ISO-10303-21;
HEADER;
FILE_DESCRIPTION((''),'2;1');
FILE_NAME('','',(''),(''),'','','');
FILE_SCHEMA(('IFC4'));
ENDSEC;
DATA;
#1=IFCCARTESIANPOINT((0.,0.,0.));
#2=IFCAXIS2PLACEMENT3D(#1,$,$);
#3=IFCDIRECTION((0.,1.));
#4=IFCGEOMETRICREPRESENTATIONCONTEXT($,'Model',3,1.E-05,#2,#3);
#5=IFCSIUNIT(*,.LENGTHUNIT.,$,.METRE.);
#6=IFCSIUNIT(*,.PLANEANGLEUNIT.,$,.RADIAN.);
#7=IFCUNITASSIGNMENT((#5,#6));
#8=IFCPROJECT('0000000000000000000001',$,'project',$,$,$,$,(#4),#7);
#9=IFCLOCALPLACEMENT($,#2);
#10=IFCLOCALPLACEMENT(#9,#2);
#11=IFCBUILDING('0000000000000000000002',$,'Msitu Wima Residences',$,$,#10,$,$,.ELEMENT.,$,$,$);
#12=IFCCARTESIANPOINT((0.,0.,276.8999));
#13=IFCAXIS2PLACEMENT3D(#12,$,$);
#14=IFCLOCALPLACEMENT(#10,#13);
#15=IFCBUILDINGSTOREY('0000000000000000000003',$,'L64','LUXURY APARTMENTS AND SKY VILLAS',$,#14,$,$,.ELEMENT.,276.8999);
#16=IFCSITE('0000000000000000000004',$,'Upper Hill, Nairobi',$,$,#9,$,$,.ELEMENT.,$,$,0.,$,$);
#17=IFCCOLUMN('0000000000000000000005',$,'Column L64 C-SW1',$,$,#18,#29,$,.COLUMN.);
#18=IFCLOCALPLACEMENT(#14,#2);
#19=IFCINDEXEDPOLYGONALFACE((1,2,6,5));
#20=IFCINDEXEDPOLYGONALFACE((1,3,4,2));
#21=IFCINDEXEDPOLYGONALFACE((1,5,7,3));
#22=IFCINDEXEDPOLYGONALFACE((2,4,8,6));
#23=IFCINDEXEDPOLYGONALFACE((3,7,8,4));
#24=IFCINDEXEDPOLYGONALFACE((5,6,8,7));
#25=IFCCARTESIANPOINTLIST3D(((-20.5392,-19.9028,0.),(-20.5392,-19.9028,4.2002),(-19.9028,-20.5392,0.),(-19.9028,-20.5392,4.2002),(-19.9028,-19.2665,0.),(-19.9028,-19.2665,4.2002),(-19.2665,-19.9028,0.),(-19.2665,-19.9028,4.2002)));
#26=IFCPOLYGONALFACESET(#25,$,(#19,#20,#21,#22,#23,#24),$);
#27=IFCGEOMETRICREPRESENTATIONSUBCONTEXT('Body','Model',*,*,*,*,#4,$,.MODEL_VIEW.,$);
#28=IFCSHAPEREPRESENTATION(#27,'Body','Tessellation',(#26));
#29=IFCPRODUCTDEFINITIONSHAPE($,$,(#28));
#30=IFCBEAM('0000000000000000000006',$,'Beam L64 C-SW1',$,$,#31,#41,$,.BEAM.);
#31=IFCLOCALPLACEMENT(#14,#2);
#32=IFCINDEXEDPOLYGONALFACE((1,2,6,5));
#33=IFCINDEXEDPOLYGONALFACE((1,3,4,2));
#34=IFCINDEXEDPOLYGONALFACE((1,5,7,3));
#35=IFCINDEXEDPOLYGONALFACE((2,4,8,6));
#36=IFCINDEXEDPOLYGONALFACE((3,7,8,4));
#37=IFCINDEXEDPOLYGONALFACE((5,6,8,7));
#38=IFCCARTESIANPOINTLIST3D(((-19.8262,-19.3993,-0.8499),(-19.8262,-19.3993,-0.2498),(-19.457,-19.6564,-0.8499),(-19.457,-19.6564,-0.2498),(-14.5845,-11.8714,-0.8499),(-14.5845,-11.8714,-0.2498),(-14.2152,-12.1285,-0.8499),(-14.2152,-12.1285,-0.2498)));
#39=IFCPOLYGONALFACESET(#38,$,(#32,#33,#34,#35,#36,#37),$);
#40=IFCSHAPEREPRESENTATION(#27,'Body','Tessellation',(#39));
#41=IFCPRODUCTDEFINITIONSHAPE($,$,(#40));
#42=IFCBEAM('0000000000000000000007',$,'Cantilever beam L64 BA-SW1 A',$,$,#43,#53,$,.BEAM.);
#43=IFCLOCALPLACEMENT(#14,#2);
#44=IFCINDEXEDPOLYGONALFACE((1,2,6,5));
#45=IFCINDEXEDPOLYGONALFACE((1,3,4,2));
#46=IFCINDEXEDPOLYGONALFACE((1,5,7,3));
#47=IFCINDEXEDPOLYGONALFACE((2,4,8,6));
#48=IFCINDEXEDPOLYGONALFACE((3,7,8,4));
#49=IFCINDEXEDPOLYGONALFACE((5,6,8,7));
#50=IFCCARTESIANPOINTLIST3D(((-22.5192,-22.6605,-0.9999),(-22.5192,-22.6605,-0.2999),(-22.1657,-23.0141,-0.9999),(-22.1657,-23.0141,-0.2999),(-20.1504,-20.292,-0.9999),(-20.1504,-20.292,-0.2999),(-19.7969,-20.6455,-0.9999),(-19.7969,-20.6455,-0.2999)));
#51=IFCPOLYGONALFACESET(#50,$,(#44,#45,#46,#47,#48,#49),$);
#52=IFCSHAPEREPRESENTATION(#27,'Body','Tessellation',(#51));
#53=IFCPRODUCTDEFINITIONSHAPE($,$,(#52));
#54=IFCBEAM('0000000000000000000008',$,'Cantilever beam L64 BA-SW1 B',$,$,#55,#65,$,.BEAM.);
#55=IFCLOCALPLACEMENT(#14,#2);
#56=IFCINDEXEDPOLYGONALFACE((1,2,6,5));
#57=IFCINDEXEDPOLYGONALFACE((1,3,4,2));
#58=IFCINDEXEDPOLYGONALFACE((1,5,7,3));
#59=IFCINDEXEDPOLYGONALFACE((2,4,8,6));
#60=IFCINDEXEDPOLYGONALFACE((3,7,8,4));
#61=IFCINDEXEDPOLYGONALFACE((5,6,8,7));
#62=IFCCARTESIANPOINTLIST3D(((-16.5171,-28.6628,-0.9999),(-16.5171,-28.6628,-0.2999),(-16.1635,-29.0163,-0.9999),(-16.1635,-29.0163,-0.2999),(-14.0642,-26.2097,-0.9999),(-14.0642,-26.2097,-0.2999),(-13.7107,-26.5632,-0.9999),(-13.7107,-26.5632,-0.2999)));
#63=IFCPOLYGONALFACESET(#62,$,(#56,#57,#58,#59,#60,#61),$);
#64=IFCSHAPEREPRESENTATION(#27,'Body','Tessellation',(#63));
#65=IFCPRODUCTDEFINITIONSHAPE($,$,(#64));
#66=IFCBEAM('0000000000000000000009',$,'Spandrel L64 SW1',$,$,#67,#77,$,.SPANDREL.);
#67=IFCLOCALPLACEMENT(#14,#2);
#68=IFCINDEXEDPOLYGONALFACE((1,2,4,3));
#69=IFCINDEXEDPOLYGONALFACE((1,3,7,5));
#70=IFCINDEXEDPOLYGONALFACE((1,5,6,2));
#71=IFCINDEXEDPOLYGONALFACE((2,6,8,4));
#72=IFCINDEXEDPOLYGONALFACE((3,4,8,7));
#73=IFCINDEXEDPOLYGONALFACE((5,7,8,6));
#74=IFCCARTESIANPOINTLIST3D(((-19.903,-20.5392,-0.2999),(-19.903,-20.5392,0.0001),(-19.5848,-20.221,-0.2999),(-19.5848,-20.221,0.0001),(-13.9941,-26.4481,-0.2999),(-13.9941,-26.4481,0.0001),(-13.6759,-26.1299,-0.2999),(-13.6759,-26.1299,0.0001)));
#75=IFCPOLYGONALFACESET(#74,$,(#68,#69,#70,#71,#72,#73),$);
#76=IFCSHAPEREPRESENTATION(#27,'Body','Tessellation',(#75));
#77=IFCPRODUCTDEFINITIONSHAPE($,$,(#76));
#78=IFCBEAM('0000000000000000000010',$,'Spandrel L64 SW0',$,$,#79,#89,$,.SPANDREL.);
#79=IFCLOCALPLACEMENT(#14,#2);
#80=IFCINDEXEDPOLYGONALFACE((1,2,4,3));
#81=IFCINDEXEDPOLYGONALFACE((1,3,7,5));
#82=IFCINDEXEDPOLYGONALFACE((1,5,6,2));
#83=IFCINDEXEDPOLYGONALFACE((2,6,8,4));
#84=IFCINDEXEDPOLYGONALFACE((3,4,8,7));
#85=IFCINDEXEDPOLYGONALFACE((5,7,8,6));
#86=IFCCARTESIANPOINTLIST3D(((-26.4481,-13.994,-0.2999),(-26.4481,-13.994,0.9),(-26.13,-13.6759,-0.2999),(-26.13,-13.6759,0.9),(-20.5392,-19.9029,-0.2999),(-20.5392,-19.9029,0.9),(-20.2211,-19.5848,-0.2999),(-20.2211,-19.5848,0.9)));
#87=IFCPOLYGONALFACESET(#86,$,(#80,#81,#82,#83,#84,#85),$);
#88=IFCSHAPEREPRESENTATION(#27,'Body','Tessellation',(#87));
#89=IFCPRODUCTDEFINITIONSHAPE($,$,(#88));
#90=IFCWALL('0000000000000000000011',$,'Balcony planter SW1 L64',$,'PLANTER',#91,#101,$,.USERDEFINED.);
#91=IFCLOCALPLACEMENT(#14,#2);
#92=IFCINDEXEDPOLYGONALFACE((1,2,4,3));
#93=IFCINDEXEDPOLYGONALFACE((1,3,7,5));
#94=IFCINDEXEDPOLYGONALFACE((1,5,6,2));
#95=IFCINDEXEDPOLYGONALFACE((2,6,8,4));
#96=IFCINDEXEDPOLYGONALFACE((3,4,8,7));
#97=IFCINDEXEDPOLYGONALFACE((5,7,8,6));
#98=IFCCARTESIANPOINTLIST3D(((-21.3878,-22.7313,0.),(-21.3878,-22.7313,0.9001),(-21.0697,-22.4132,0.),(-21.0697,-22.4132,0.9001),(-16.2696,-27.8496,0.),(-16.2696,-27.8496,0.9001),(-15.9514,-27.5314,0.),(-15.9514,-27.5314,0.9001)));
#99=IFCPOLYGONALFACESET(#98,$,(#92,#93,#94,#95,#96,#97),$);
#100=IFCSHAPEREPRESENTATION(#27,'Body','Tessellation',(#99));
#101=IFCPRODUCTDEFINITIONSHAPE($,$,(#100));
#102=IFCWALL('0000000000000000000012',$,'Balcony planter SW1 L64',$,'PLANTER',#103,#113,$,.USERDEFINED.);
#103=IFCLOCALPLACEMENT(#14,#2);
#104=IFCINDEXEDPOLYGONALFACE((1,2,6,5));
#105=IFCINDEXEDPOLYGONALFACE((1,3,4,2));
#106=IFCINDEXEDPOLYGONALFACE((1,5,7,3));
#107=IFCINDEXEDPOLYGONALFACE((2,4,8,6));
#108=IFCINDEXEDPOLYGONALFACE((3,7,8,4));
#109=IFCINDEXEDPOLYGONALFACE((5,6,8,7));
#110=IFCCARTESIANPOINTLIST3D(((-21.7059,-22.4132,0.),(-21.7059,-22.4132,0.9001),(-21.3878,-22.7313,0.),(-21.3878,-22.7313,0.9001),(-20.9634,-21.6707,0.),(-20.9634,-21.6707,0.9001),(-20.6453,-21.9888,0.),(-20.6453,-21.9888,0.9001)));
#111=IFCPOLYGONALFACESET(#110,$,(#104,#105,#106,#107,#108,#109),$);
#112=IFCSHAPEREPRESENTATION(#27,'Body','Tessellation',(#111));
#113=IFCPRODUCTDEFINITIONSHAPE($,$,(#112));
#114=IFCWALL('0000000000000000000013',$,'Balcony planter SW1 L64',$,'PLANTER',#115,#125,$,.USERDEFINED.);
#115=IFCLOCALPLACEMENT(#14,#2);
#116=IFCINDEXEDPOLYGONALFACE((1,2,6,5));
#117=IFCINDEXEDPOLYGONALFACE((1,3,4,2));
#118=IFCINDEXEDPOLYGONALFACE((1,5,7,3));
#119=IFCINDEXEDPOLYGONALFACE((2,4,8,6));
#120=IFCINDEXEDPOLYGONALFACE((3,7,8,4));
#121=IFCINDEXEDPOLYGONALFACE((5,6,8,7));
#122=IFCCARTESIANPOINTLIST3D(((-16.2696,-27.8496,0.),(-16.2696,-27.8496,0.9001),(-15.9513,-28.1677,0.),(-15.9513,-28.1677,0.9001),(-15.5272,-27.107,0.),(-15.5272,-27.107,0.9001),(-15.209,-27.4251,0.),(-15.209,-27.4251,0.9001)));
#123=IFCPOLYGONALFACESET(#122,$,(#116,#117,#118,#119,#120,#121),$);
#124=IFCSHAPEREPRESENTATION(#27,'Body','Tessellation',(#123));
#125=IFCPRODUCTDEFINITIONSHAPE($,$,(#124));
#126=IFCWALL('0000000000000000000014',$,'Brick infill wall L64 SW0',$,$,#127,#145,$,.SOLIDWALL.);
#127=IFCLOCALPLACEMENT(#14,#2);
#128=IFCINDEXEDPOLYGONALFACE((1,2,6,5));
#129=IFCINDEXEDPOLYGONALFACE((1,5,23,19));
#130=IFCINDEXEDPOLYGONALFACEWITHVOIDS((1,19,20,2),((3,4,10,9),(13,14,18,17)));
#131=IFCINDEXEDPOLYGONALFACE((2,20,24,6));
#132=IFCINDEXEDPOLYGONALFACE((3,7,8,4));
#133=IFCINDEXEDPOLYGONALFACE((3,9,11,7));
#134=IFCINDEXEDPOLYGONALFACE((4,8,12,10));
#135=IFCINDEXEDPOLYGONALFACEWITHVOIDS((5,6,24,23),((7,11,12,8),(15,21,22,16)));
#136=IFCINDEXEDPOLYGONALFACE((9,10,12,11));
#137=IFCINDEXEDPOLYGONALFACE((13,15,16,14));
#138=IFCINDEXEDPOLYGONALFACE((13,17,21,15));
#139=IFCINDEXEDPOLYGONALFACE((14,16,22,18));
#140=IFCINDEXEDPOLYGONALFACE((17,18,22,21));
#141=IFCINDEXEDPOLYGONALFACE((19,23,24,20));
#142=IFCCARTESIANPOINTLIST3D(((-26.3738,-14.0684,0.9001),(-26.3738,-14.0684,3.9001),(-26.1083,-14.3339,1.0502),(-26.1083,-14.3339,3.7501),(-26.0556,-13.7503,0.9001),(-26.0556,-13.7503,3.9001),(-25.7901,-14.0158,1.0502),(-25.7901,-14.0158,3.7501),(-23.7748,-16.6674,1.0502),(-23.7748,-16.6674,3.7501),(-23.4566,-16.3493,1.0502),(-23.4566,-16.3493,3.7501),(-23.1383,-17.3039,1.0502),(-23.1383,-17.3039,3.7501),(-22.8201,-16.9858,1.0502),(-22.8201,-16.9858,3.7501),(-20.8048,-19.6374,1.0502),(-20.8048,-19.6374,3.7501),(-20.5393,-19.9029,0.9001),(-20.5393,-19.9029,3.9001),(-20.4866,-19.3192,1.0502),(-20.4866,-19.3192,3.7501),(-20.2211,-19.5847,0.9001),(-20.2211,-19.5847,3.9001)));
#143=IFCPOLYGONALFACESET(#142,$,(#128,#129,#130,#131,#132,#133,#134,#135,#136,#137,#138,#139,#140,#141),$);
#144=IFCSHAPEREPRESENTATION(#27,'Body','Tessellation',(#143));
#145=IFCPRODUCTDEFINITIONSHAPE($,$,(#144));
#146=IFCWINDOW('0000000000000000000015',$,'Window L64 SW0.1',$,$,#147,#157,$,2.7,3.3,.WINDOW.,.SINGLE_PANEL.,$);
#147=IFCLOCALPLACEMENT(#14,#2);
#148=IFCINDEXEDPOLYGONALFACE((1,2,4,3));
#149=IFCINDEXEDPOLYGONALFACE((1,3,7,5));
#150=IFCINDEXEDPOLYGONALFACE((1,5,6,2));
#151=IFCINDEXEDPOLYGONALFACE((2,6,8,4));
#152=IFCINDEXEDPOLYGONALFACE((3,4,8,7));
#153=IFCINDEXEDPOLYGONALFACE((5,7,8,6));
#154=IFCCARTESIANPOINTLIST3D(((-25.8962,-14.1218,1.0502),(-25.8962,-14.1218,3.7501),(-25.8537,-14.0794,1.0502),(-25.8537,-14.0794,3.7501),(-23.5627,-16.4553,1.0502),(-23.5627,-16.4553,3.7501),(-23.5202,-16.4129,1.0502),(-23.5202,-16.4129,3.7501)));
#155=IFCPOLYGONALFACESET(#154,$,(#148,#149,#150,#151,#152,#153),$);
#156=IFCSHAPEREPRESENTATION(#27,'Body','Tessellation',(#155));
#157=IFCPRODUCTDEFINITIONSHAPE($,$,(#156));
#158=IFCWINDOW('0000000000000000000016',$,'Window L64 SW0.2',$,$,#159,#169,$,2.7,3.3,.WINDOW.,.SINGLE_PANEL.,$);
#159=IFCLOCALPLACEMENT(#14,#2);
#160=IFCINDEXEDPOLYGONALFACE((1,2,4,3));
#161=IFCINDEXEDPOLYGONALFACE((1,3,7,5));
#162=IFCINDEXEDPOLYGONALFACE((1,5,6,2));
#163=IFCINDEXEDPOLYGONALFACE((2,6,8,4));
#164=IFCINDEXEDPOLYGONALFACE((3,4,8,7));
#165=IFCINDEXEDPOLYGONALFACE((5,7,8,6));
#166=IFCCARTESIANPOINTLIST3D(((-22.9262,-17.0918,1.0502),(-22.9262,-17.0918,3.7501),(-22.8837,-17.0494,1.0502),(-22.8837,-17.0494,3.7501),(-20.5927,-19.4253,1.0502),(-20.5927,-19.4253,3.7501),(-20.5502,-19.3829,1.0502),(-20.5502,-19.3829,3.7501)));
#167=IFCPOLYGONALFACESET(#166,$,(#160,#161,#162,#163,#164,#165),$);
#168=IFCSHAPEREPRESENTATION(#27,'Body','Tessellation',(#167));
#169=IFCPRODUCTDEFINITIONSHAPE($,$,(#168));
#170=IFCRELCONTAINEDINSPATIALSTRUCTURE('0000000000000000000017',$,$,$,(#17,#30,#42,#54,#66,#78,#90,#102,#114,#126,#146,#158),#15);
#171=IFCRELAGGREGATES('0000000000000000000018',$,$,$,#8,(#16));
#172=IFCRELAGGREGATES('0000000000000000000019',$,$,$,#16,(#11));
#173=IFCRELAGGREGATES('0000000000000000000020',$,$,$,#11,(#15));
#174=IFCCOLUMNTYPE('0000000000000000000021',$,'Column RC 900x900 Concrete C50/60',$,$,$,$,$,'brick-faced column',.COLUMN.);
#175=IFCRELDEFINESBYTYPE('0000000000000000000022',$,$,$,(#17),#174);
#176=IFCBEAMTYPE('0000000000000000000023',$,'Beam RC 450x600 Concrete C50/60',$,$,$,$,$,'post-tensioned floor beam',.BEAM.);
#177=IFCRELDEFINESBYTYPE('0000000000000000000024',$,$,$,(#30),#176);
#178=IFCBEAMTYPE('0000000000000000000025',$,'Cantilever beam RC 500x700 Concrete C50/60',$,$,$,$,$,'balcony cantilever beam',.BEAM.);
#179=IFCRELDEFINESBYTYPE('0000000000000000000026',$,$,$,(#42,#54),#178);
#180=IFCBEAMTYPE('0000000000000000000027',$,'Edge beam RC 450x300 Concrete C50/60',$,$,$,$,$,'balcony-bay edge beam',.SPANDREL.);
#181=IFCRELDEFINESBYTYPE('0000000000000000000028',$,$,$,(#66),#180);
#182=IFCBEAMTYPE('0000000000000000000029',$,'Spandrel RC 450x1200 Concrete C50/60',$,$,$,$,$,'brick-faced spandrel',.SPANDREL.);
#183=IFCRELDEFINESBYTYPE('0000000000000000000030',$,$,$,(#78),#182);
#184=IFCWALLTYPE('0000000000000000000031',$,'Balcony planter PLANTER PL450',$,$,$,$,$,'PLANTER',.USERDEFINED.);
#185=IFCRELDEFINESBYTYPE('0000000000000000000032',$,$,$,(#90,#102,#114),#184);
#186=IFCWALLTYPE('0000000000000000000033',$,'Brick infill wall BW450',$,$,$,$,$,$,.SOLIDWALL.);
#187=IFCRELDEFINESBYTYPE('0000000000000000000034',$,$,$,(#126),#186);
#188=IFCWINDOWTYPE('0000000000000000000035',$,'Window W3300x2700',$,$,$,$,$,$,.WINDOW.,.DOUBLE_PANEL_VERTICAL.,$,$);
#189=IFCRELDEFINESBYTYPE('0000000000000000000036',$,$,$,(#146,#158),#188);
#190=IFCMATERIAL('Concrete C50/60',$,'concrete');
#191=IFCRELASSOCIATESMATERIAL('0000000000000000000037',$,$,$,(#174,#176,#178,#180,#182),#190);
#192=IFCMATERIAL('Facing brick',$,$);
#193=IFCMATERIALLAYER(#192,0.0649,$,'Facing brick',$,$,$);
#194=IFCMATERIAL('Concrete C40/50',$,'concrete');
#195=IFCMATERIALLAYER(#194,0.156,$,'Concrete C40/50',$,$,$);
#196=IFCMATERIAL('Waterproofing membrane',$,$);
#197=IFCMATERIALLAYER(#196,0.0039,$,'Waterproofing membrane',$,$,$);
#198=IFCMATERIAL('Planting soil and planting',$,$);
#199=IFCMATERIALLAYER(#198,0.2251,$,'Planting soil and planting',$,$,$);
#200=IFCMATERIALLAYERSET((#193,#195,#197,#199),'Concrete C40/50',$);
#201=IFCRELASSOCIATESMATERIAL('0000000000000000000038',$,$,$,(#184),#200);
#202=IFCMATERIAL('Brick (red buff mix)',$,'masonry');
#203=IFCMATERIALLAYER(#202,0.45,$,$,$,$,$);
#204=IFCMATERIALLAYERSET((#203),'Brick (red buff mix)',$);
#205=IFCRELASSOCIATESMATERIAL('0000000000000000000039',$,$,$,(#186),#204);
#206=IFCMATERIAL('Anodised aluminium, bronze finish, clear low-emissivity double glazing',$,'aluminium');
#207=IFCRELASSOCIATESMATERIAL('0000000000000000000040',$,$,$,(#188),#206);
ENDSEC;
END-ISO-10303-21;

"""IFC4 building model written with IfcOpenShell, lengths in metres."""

from ifc_helpers import new_model, si_unit, direction, frame, frame_2d, origin, origin_2d, place, context, subcontext, project, spatial, rectangle, extrude, material, layer, layer_set, material_profile, profile_set, type_object, element, fill, save


model = new_model("IFC4")

# Units and contexts
model_context = context("Model", 3, precision=1e-05, world=origin(), true_north=direction((0.0, 1.0)))
body_context = subcontext(model_context, "Body", "Model", "MODEL_VIEW")
ifc_project = project(units=[si_unit("LENGTHUNIT", "METRE"), si_unit("PLANEANGLEUNIT", "RADIAN")], contexts=[model_context])

# Site, building, storey
site_placement = place(None, origin())
site = spatial("IfcSite", under=ifc_project, at=site_placement, Name="Upper Hill, Nairobi", CompositionType="ELEMENT", RefElevation=0.0)
building_placement = place(site_placement, origin())
building = spatial("IfcBuilding", under=site, at=building_placement, Name="Msitu Wima Residences", CompositionType="ELEMENT")
storey_placement = place(building_placement, frame((0.0, 0.0, 276.8999)))
storey = spatial("IfcBuildingStorey", under=building, at=storey_placement, Name="L64", Description="LUXURY APARTMENTS AND SKY VILLAS", CompositionType="ELEMENT", Elevation=276.8999)

# Column
ifc_material_1 = material(Name="Concrete C50/60", Category="concrete")
ifc_material_profile_1 = material_profile(ifc_material_1, rectangle(XDim=0.8999, YDim=0.8999, at=origin_2d()), Name="RC 900x900")
ifc_profile_set_1 = profile_set([ifc_material_profile_1], Name="Concrete C50/60")
column_type = type_object("IfcColumnType", Name="Column RC 900x900 Concrete C50/60", ElementType="brick-faced column", PredefinedType="COLUMN", material=ifc_profile_set_1)
column_placement = place(storey_placement, frame((-19.9028, -19.9028, 0.0), z_axis=(0.0, 0.0, 1.0), x_axis=(0.707107, -0.707107, 0.0)))
element("IfcColumn", 1, at=column_placement, inside=storey, type_object=column_type, Name="Column L64 C-SW1", PredefinedType="COLUMN", context=body_context, shape_type="SweptSolid", body=[
    extrude(rectangle(XDim=0.8999, YDim=0.8999, at=origin_2d()), origin(), (0.0, 0.0, 1.0), 4.2002),
])

# Beams
ifc_material_profile_2 = material_profile(ifc_material_1, rectangle(XDim=0.45, YDim=0.6001, at=origin_2d()), Name="RC 450x600")
ifc_profile_set_2 = profile_set([ifc_material_profile_2], Name="Concrete C50/60")
beam_type_1 = type_object("IfcBeamType", Name="Beam RC 450x600 Concrete C50/60", ElementType="post-tensioned floor beam", PredefinedType="BEAM", material=ifc_profile_set_2)
beam_1_placement = place(storey_placement, frame((-19.6416, -19.5278, -0.5498), z_axis=(0.571428, 0.820652, 0.0), x_axis=(-0.820652, 0.571428, 0.0)))
element("IfcBeam", 2, at=beam_1_placement, inside=storey, type_object=beam_type_1, Name="Beam L64 C-SW1", PredefinedType="BEAM", context=body_context, shape_type="SweptSolid", body=[
    extrude(rectangle(XDim=0.45, YDim=0.6001, at=origin_2d()), origin(), (0.0, 0.0, 1.0), 9.1731),
])
ifc_material_profile_3 = material_profile(ifc_material_1, rectangle(XDim=0.5, YDim=0.7, at=origin_2d()), Name="RC 500x700")
ifc_profile_set_3 = profile_set([ifc_material_profile_3], Name="Concrete C50/60")
beam_type_2 = type_object("IfcBeamType", Name="Cantilever beam RC 500x700 Concrete C50/60", ElementType="balcony cantilever beam", PredefinedType="BEAM", material=ifc_profile_set_3)
beam_2_placement = place(storey_placement, frame((-19.9736, -20.4688, -0.6499), z_axis=(-0.707143, -0.70707, 0.0), x_axis=(0.70707, -0.707143, 0.0)))
element("IfcBeam", 3, at=beam_2_placement, inside=storey, type_object=beam_type_2, Name="Cantilever beam L64 BA-SW1 A", PredefinedType="BEAM", context=body_context, shape_type="SweptSolid", body=[
    extrude(rectangle(XDim=0.5, YDim=0.7, at=origin_2d()), origin(), (0.0, 0.0, 1.0), 3.3499),
])
beam_3_placement = place(storey_placement, frame((-13.8875, -26.3865, -0.6499), z_axis=(-0.707072, -0.707142, 0.0), x_axis=(0.707142, -0.707072, 0.0)))
element("IfcBeam", 4, at=beam_3_placement, inside=storey, type_object=beam_type_2, Name="Cantilever beam L64 BA-SW1 B", PredefinedType="BEAM", context=body_context, shape_type="SweptSolid", body=[
    extrude(rectangle(XDim=0.5, YDim=0.7, at=origin_2d()), origin(), (0.0, 0.0, 1.0), 3.469),
])
ifc_material_profile_4 = material_profile(ifc_material_1, rectangle(XDim=0.45, YDim=0.3, at=origin_2d()), Name="RC 450x300")
ifc_profile_set_4 = profile_set([ifc_material_profile_4], Name="Concrete C50/60")
beam_type_3 = type_object("IfcBeamType", Name="Edge beam RC 450x300 Concrete C50/60", ElementType="balcony-bay edge beam", PredefinedType="SPANDREL", material=ifc_profile_set_4)
beam_4_placement = place(storey_placement, frame((-19.7439, -20.3801, -0.1499), z_axis=(0.707107, -0.707107, 0.0), x_axis=(0.707107, 0.707107, 0.0)))
element("IfcBeam", 5, at=beam_4_placement, inside=storey, type_object=beam_type_3, Name="Spandrel L64 SW1", PredefinedType="SPANDREL", context=body_context, shape_type="SweptSolid", body=[
    extrude(rectangle(XDim=0.45, YDim=0.3, at=origin_2d()), origin(), (0.0, 0.0, 1.0), 8.3564),
])
ifc_material_profile_5 = material_profile(ifc_material_1, rectangle(XDim=0.45, YDim=1.2, at=origin_2d()), Name="RC 450x1200")
ifc_profile_set_5 = profile_set([ifc_material_profile_5], Name="Concrete C50/60")
beam_type_4 = type_object("IfcBeamType", Name="Spandrel RC 450x1200 Concrete C50/60", ElementType="brick-faced spandrel", PredefinedType="SPANDREL", material=ifc_profile_set_5)
beam_5_placement = place(storey_placement, frame((-26.2891, -13.835, 0.3), z_axis=(0.707107, -0.707107, 0.0), x_axis=(0.707107, 0.707107, 0.0)))
element("IfcBeam", 6, at=beam_5_placement, inside=storey, type_object=beam_type_4, Name="Spandrel L64 SW0", PredefinedType="SPANDREL", context=body_context, shape_type="SweptSolid", body=[
    extrude(rectangle(XDim=0.45, YDim=1.2, at=origin_2d()), origin(), (0.0, 0.0, 1.0), 8.3564),
])

# Walls
ifc_material_2 = material(Name="Facing brick")
ifc_layer_1 = layer(ifc_material_2, 0.0649, Name="Facing brick")
ifc_material_3 = material(Name="Concrete C40/50", Category="concrete")
ifc_layer_2 = layer(ifc_material_3, 0.156, Name="Concrete C40/50")
ifc_material_4 = material(Name="Waterproofing membrane")
ifc_layer_3 = layer(ifc_material_4, 0.0039, Name="Waterproofing membrane")
ifc_material_5 = material(Name="Planting soil and planting")
ifc_layer_4 = layer(ifc_material_5, 0.2251, Name="Planting soil and planting")
ifc_layer_set_1 = layer_set([ifc_layer_1, ifc_layer_2, ifc_layer_3, ifc_layer_4], Name="Concrete C40/50")
wall_type_1 = type_object("IfcWallType", Name="Balcony planter PLANTER PL450", ElementType="PLANTER", PredefinedType="USERDEFINED", material=ifc_layer_set_1)
wall_1_placement = place(storey_placement, frame((-21.2288, -22.5723, 0.0), z_axis=(0.0, 0.0, 1.0), x_axis=(0.707107, -0.707107, 0.0)))
element("IfcWall", 7, at=wall_1_placement, inside=storey, type_object=wall_type_1, Name="Balcony planter SW1 L64", ObjectType="PLANTER", PredefinedType="USERDEFINED", context=body_context, shape_type="SweptSolid", body=[
    extrude(rectangle(XDim=7.2383, YDim=0.45, at=frame_2d((3.6191, 0.0))), origin(), (0.0, 0.0, 1.0), 0.9001),
])
for number, where, z_axis, x_axis, name in (
    (8, (-20.8044, -21.8298, 0.0), (0.0, 0.0, 1.0), (-0.707107, -0.707107, 0.0), "Balcony planter SW1 L64"),
    (9, (-15.3682, -27.2661, 0.0), (0.0, 0.0, 1.0), (-0.706991, -0.707223, 0.0), "Balcony planter SW1 L64"),
):
    element("IfcWall", number, at=place(storey_placement, frame(where, z_axis=z_axis, x_axis=x_axis)), inside=storey, type_object=wall_type_1, Name=name, ObjectType="PLANTER", PredefinedType="USERDEFINED", context=body_context, shape_type="SweptSolid", body=[
        extrude(rectangle(XDim=1.05, YDim=0.45, at=frame_2d((0.5249, 0.0))), origin(), (0.0, 0.0, 1.0), 0.9001),
    ])

# Wall, openings, windows
ifc_material_6 = material(Name="Brick (red buff mix)", Category="masonry")
ifc_layer_5 = layer(ifc_material_6, 0.45)
ifc_layer_set_2 = layer_set([ifc_layer_5], Name="Brick (red buff mix)")
wall_type_2 = type_object("IfcWallType", Name="Brick infill wall BW450", PredefinedType="SOLIDWALL", material=ifc_layer_set_2)
wall_2_placement = place(storey_placement, frame((-26.2146, -13.9094, 0.9001), z_axis=(0.0, 0.0, 1.0), x_axis=(0.707107, -0.707107, 0.0)))
wall_2 = element("IfcWall", 10, at=wall_2_placement, inside=storey, type_object=wall_type_2, Name="Brick infill wall L64 SW0", PredefinedType="SOLIDWALL", context=body_context, shape_type="SweptSolid", body=[
    extrude(rectangle(XDim=8.2512, YDim=0.45, at=frame_2d((4.1255, 0.0))), origin(), (0.0, 0.0, 1.0), 3.0),
])
opening_1_placement = place(wall_2_placement, frame((0.3755, 0.0, 0.1499)))
opening_1 = element("IfcOpeningElement", 11, at=opening_1_placement, cuts=wall_2, PredefinedType="OPENING", context=body_context, shape_type="SweptSolid", body=[
    extrude(rectangle(XDim=3.3, YDim=2.7, at=frame_2d((1.6499, 1.3501))), frame((0.0, 0.2349, 0.0), z_axis=(0.0, -1.0, 0.0), x_axis=(1.0, 0.0, 0.0)), (0.0, 0.0, 1.0), 0.47),
])
opening_2_placement = place(wall_2_placement, frame((4.5757, 0.0, 0.1499)))
opening_2 = element("IfcOpeningElement", 12, at=opening_2_placement, cuts=wall_2, PredefinedType="OPENING", context=body_context, shape_type="SweptSolid", body=[
    extrude(rectangle(XDim=3.3, YDim=2.7, at=frame_2d((1.6499, 1.3501))), frame((0.0, 0.2349, 0.0), z_axis=(0.0, -1.0, 0.0), x_axis=(1.0, 0.0, 0.0)), (0.0, 0.0, 1.0), 0.47),
])
ifc_material_7 = material(Name="Anodised aluminium, bronze finish, clear low-emissivity double glazing", Category="aluminium")
window_type = type_object("IfcWindowType", Name="Window W3300x2700", PartitioningType="DOUBLE_PANEL_VERTICAL", PredefinedType="WINDOW", material=ifc_material_7)
window_1_placement = place(opening_1_placement, origin())
window_1 = element("IfcWindow", 13, at=window_1_placement, inside=storey, type_object=window_type, Name="Window L64 SW0.1", OverallHeight=2.7, OverallWidth=3.3, PartitioningType="SINGLE_PANEL", PredefinedType="WINDOW", context=body_context, shape_type="SweptSolid", body=[
    extrude(rectangle(XDim=3.3, YDim=2.7, at=frame_2d((1.6499, 1.3501))), frame((0.0, 0.135, 0.0), z_axis=(0.0, -1.0, 0.0), x_axis=(1.0, 0.0, 0.0)), (0.0, 0.0, 1.0), 0.0601),
])
fill(opening_1, window_1)
window_2_placement = place(opening_2_placement, origin())
window_2 = element("IfcWindow", 14, at=window_2_placement, inside=storey, type_object=window_type, Name="Window L64 SW0.2", OverallHeight=2.7, OverallWidth=3.3, PartitioningType="SINGLE_PANEL", PredefinedType="WINDOW", context=body_context, shape_type="SweptSolid", body=[
    extrude(rectangle(XDim=3.3, YDim=2.7, at=frame_2d((1.6499, 1.3501))), frame((0.0, 0.135, 0.0), z_axis=(0.0, -1.0, 0.0), x_axis=(1.0, 0.0, 0.0)), (0.0, 0.0, 1.0), 0.0601),
])
fill(opening_2, window_2)

save(model, "model.ifc")
